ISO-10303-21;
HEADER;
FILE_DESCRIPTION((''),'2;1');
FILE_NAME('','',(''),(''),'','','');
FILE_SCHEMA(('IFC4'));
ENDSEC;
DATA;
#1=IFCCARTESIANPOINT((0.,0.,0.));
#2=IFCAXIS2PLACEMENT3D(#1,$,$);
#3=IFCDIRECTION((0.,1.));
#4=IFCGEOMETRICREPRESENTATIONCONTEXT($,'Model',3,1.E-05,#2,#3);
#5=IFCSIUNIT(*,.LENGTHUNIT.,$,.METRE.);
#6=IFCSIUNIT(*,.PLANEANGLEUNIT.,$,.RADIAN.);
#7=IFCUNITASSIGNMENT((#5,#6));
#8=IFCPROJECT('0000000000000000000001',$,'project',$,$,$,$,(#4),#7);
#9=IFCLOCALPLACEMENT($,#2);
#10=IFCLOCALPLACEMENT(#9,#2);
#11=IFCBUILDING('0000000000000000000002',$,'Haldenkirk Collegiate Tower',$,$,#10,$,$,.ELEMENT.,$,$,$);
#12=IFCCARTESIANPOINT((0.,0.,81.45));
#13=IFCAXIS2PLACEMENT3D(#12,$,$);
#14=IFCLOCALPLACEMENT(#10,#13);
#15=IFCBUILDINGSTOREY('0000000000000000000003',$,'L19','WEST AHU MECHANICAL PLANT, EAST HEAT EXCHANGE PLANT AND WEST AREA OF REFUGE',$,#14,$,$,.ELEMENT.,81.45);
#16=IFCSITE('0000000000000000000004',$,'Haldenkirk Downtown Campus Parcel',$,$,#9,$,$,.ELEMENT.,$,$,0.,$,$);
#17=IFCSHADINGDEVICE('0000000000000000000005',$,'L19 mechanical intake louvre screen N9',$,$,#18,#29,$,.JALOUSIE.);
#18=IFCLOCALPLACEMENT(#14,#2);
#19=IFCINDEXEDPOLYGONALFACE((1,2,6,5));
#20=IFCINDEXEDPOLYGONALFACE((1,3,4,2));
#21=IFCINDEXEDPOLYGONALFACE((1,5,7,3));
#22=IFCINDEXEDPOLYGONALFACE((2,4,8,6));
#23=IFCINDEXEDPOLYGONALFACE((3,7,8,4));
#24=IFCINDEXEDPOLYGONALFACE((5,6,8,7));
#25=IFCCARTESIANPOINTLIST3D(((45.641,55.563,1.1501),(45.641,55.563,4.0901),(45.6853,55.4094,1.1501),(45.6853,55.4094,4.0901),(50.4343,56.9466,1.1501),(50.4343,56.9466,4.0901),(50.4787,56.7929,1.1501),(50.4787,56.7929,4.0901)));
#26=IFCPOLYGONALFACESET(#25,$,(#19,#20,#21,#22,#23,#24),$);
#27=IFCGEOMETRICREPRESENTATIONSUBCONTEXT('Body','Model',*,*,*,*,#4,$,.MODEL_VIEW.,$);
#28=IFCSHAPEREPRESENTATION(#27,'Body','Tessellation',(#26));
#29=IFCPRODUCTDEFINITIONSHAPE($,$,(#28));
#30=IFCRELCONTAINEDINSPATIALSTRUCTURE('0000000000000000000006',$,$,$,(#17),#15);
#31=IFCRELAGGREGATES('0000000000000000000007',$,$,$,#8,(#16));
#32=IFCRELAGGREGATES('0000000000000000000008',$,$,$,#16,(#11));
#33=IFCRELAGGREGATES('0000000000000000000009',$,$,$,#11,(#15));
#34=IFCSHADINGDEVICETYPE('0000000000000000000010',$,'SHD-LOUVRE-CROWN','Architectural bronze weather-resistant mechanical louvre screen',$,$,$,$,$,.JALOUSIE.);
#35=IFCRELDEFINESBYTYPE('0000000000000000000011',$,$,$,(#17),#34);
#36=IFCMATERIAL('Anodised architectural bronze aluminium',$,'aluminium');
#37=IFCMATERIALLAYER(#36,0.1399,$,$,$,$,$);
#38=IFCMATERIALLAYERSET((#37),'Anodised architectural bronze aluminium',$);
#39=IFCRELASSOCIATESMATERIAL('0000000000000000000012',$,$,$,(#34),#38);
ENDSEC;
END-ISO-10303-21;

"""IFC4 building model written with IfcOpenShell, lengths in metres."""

from ifc_helpers import new_model, si_unit, direction, frame, origin, origin_2d, place, context, subcontext, project, spatial, rectangle, extrude, source, transform, mapped, material, layer, layer_set, type_object, element, save


model = new_model("IFC4")

# Units and contexts
model_context = context("Model", 3, precision=1e-05, world=origin(), true_north=direction((0.0, 1.0)))
body_context = subcontext(model_context, "Body", "Model", "MODEL_VIEW")
ifc_project = project(units=[si_unit("LENGTHUNIT", "METRE"), si_unit("PLANEANGLEUNIT", "RADIAN")], contexts=[model_context])

# Site, building, storey
site_placement = place(None, origin())
site = spatial("IfcSite", under=ifc_project, at=site_placement, Name="Haldenkirk Downtown Campus Parcel", CompositionType="ELEMENT", RefElevation=0.0)
building_placement = place(site_placement, origin())
building = spatial("IfcBuilding", under=site, at=building_placement, Name="Haldenkirk Collegiate Tower", CompositionType="ELEMENT")
storey_placement = place(building_placement, frame((0.0, 0.0, 81.45)))
storey = spatial("IfcBuildingStorey", under=building, at=storey_placement, Name="L19", Description="WEST AHU MECHANICAL PLANT, EAST HEAT EXCHANGE PLANT AND WEST AREA OF REFUGE", CompositionType="ELEMENT", Elevation=81.45)

# Shading device
ifc_material_1 = material(Name="Anodised architectural bronze aluminium", Category="aluminium")
ifc_layer_1 = layer(ifc_material_1, 0.1399)
ifc_layer_set_1 = layer_set([ifc_layer_1], Name="Anodised architectural bronze aluminium")
shading_device_type = type_object("IfcShadingDeviceType", Name="SHD-LOUVRE-CROWN", Description="Architectural bronze weather-resistant mechanical louvre screen", PredefinedType="JALOUSIE", material=ifc_layer_set_1)
shared_shape_1 = source(origin(), body_context, "Body", "SweptSolid", [
    extrude(rectangle(XDim=4.989, YDim=0.1599, at=origin_2d()), origin(), (0.0, 0.0, 1.0), 2.9399),
])
shading_device_1_placement = place(storey_placement, frame((48.0598, 56.178, 1.1501), z_axis=(0.0, 0.0, 1.0), x_axis=(0.960779, 0.277315, 0.0)))
element("IfcShadingDevice", 1, at=shading_device_1_placement, inside=storey, type_object=shading_device_type, Name="L19 mechanical intake louvre screen N9", PredefinedType="JALOUSIE", context=body_context, shape_type="MappedRepresentation", body=[
    mapped(shared_shape_1, transform((0.0, 0.0, 0.0), x_axis=(1.0, 0.0, 0.0), y_axis=(0.0, 1.0, 0.0), z_axis=(0.0, 0.0, 1.0), scale=1.0)),
])

save(model, "model.ifc")
